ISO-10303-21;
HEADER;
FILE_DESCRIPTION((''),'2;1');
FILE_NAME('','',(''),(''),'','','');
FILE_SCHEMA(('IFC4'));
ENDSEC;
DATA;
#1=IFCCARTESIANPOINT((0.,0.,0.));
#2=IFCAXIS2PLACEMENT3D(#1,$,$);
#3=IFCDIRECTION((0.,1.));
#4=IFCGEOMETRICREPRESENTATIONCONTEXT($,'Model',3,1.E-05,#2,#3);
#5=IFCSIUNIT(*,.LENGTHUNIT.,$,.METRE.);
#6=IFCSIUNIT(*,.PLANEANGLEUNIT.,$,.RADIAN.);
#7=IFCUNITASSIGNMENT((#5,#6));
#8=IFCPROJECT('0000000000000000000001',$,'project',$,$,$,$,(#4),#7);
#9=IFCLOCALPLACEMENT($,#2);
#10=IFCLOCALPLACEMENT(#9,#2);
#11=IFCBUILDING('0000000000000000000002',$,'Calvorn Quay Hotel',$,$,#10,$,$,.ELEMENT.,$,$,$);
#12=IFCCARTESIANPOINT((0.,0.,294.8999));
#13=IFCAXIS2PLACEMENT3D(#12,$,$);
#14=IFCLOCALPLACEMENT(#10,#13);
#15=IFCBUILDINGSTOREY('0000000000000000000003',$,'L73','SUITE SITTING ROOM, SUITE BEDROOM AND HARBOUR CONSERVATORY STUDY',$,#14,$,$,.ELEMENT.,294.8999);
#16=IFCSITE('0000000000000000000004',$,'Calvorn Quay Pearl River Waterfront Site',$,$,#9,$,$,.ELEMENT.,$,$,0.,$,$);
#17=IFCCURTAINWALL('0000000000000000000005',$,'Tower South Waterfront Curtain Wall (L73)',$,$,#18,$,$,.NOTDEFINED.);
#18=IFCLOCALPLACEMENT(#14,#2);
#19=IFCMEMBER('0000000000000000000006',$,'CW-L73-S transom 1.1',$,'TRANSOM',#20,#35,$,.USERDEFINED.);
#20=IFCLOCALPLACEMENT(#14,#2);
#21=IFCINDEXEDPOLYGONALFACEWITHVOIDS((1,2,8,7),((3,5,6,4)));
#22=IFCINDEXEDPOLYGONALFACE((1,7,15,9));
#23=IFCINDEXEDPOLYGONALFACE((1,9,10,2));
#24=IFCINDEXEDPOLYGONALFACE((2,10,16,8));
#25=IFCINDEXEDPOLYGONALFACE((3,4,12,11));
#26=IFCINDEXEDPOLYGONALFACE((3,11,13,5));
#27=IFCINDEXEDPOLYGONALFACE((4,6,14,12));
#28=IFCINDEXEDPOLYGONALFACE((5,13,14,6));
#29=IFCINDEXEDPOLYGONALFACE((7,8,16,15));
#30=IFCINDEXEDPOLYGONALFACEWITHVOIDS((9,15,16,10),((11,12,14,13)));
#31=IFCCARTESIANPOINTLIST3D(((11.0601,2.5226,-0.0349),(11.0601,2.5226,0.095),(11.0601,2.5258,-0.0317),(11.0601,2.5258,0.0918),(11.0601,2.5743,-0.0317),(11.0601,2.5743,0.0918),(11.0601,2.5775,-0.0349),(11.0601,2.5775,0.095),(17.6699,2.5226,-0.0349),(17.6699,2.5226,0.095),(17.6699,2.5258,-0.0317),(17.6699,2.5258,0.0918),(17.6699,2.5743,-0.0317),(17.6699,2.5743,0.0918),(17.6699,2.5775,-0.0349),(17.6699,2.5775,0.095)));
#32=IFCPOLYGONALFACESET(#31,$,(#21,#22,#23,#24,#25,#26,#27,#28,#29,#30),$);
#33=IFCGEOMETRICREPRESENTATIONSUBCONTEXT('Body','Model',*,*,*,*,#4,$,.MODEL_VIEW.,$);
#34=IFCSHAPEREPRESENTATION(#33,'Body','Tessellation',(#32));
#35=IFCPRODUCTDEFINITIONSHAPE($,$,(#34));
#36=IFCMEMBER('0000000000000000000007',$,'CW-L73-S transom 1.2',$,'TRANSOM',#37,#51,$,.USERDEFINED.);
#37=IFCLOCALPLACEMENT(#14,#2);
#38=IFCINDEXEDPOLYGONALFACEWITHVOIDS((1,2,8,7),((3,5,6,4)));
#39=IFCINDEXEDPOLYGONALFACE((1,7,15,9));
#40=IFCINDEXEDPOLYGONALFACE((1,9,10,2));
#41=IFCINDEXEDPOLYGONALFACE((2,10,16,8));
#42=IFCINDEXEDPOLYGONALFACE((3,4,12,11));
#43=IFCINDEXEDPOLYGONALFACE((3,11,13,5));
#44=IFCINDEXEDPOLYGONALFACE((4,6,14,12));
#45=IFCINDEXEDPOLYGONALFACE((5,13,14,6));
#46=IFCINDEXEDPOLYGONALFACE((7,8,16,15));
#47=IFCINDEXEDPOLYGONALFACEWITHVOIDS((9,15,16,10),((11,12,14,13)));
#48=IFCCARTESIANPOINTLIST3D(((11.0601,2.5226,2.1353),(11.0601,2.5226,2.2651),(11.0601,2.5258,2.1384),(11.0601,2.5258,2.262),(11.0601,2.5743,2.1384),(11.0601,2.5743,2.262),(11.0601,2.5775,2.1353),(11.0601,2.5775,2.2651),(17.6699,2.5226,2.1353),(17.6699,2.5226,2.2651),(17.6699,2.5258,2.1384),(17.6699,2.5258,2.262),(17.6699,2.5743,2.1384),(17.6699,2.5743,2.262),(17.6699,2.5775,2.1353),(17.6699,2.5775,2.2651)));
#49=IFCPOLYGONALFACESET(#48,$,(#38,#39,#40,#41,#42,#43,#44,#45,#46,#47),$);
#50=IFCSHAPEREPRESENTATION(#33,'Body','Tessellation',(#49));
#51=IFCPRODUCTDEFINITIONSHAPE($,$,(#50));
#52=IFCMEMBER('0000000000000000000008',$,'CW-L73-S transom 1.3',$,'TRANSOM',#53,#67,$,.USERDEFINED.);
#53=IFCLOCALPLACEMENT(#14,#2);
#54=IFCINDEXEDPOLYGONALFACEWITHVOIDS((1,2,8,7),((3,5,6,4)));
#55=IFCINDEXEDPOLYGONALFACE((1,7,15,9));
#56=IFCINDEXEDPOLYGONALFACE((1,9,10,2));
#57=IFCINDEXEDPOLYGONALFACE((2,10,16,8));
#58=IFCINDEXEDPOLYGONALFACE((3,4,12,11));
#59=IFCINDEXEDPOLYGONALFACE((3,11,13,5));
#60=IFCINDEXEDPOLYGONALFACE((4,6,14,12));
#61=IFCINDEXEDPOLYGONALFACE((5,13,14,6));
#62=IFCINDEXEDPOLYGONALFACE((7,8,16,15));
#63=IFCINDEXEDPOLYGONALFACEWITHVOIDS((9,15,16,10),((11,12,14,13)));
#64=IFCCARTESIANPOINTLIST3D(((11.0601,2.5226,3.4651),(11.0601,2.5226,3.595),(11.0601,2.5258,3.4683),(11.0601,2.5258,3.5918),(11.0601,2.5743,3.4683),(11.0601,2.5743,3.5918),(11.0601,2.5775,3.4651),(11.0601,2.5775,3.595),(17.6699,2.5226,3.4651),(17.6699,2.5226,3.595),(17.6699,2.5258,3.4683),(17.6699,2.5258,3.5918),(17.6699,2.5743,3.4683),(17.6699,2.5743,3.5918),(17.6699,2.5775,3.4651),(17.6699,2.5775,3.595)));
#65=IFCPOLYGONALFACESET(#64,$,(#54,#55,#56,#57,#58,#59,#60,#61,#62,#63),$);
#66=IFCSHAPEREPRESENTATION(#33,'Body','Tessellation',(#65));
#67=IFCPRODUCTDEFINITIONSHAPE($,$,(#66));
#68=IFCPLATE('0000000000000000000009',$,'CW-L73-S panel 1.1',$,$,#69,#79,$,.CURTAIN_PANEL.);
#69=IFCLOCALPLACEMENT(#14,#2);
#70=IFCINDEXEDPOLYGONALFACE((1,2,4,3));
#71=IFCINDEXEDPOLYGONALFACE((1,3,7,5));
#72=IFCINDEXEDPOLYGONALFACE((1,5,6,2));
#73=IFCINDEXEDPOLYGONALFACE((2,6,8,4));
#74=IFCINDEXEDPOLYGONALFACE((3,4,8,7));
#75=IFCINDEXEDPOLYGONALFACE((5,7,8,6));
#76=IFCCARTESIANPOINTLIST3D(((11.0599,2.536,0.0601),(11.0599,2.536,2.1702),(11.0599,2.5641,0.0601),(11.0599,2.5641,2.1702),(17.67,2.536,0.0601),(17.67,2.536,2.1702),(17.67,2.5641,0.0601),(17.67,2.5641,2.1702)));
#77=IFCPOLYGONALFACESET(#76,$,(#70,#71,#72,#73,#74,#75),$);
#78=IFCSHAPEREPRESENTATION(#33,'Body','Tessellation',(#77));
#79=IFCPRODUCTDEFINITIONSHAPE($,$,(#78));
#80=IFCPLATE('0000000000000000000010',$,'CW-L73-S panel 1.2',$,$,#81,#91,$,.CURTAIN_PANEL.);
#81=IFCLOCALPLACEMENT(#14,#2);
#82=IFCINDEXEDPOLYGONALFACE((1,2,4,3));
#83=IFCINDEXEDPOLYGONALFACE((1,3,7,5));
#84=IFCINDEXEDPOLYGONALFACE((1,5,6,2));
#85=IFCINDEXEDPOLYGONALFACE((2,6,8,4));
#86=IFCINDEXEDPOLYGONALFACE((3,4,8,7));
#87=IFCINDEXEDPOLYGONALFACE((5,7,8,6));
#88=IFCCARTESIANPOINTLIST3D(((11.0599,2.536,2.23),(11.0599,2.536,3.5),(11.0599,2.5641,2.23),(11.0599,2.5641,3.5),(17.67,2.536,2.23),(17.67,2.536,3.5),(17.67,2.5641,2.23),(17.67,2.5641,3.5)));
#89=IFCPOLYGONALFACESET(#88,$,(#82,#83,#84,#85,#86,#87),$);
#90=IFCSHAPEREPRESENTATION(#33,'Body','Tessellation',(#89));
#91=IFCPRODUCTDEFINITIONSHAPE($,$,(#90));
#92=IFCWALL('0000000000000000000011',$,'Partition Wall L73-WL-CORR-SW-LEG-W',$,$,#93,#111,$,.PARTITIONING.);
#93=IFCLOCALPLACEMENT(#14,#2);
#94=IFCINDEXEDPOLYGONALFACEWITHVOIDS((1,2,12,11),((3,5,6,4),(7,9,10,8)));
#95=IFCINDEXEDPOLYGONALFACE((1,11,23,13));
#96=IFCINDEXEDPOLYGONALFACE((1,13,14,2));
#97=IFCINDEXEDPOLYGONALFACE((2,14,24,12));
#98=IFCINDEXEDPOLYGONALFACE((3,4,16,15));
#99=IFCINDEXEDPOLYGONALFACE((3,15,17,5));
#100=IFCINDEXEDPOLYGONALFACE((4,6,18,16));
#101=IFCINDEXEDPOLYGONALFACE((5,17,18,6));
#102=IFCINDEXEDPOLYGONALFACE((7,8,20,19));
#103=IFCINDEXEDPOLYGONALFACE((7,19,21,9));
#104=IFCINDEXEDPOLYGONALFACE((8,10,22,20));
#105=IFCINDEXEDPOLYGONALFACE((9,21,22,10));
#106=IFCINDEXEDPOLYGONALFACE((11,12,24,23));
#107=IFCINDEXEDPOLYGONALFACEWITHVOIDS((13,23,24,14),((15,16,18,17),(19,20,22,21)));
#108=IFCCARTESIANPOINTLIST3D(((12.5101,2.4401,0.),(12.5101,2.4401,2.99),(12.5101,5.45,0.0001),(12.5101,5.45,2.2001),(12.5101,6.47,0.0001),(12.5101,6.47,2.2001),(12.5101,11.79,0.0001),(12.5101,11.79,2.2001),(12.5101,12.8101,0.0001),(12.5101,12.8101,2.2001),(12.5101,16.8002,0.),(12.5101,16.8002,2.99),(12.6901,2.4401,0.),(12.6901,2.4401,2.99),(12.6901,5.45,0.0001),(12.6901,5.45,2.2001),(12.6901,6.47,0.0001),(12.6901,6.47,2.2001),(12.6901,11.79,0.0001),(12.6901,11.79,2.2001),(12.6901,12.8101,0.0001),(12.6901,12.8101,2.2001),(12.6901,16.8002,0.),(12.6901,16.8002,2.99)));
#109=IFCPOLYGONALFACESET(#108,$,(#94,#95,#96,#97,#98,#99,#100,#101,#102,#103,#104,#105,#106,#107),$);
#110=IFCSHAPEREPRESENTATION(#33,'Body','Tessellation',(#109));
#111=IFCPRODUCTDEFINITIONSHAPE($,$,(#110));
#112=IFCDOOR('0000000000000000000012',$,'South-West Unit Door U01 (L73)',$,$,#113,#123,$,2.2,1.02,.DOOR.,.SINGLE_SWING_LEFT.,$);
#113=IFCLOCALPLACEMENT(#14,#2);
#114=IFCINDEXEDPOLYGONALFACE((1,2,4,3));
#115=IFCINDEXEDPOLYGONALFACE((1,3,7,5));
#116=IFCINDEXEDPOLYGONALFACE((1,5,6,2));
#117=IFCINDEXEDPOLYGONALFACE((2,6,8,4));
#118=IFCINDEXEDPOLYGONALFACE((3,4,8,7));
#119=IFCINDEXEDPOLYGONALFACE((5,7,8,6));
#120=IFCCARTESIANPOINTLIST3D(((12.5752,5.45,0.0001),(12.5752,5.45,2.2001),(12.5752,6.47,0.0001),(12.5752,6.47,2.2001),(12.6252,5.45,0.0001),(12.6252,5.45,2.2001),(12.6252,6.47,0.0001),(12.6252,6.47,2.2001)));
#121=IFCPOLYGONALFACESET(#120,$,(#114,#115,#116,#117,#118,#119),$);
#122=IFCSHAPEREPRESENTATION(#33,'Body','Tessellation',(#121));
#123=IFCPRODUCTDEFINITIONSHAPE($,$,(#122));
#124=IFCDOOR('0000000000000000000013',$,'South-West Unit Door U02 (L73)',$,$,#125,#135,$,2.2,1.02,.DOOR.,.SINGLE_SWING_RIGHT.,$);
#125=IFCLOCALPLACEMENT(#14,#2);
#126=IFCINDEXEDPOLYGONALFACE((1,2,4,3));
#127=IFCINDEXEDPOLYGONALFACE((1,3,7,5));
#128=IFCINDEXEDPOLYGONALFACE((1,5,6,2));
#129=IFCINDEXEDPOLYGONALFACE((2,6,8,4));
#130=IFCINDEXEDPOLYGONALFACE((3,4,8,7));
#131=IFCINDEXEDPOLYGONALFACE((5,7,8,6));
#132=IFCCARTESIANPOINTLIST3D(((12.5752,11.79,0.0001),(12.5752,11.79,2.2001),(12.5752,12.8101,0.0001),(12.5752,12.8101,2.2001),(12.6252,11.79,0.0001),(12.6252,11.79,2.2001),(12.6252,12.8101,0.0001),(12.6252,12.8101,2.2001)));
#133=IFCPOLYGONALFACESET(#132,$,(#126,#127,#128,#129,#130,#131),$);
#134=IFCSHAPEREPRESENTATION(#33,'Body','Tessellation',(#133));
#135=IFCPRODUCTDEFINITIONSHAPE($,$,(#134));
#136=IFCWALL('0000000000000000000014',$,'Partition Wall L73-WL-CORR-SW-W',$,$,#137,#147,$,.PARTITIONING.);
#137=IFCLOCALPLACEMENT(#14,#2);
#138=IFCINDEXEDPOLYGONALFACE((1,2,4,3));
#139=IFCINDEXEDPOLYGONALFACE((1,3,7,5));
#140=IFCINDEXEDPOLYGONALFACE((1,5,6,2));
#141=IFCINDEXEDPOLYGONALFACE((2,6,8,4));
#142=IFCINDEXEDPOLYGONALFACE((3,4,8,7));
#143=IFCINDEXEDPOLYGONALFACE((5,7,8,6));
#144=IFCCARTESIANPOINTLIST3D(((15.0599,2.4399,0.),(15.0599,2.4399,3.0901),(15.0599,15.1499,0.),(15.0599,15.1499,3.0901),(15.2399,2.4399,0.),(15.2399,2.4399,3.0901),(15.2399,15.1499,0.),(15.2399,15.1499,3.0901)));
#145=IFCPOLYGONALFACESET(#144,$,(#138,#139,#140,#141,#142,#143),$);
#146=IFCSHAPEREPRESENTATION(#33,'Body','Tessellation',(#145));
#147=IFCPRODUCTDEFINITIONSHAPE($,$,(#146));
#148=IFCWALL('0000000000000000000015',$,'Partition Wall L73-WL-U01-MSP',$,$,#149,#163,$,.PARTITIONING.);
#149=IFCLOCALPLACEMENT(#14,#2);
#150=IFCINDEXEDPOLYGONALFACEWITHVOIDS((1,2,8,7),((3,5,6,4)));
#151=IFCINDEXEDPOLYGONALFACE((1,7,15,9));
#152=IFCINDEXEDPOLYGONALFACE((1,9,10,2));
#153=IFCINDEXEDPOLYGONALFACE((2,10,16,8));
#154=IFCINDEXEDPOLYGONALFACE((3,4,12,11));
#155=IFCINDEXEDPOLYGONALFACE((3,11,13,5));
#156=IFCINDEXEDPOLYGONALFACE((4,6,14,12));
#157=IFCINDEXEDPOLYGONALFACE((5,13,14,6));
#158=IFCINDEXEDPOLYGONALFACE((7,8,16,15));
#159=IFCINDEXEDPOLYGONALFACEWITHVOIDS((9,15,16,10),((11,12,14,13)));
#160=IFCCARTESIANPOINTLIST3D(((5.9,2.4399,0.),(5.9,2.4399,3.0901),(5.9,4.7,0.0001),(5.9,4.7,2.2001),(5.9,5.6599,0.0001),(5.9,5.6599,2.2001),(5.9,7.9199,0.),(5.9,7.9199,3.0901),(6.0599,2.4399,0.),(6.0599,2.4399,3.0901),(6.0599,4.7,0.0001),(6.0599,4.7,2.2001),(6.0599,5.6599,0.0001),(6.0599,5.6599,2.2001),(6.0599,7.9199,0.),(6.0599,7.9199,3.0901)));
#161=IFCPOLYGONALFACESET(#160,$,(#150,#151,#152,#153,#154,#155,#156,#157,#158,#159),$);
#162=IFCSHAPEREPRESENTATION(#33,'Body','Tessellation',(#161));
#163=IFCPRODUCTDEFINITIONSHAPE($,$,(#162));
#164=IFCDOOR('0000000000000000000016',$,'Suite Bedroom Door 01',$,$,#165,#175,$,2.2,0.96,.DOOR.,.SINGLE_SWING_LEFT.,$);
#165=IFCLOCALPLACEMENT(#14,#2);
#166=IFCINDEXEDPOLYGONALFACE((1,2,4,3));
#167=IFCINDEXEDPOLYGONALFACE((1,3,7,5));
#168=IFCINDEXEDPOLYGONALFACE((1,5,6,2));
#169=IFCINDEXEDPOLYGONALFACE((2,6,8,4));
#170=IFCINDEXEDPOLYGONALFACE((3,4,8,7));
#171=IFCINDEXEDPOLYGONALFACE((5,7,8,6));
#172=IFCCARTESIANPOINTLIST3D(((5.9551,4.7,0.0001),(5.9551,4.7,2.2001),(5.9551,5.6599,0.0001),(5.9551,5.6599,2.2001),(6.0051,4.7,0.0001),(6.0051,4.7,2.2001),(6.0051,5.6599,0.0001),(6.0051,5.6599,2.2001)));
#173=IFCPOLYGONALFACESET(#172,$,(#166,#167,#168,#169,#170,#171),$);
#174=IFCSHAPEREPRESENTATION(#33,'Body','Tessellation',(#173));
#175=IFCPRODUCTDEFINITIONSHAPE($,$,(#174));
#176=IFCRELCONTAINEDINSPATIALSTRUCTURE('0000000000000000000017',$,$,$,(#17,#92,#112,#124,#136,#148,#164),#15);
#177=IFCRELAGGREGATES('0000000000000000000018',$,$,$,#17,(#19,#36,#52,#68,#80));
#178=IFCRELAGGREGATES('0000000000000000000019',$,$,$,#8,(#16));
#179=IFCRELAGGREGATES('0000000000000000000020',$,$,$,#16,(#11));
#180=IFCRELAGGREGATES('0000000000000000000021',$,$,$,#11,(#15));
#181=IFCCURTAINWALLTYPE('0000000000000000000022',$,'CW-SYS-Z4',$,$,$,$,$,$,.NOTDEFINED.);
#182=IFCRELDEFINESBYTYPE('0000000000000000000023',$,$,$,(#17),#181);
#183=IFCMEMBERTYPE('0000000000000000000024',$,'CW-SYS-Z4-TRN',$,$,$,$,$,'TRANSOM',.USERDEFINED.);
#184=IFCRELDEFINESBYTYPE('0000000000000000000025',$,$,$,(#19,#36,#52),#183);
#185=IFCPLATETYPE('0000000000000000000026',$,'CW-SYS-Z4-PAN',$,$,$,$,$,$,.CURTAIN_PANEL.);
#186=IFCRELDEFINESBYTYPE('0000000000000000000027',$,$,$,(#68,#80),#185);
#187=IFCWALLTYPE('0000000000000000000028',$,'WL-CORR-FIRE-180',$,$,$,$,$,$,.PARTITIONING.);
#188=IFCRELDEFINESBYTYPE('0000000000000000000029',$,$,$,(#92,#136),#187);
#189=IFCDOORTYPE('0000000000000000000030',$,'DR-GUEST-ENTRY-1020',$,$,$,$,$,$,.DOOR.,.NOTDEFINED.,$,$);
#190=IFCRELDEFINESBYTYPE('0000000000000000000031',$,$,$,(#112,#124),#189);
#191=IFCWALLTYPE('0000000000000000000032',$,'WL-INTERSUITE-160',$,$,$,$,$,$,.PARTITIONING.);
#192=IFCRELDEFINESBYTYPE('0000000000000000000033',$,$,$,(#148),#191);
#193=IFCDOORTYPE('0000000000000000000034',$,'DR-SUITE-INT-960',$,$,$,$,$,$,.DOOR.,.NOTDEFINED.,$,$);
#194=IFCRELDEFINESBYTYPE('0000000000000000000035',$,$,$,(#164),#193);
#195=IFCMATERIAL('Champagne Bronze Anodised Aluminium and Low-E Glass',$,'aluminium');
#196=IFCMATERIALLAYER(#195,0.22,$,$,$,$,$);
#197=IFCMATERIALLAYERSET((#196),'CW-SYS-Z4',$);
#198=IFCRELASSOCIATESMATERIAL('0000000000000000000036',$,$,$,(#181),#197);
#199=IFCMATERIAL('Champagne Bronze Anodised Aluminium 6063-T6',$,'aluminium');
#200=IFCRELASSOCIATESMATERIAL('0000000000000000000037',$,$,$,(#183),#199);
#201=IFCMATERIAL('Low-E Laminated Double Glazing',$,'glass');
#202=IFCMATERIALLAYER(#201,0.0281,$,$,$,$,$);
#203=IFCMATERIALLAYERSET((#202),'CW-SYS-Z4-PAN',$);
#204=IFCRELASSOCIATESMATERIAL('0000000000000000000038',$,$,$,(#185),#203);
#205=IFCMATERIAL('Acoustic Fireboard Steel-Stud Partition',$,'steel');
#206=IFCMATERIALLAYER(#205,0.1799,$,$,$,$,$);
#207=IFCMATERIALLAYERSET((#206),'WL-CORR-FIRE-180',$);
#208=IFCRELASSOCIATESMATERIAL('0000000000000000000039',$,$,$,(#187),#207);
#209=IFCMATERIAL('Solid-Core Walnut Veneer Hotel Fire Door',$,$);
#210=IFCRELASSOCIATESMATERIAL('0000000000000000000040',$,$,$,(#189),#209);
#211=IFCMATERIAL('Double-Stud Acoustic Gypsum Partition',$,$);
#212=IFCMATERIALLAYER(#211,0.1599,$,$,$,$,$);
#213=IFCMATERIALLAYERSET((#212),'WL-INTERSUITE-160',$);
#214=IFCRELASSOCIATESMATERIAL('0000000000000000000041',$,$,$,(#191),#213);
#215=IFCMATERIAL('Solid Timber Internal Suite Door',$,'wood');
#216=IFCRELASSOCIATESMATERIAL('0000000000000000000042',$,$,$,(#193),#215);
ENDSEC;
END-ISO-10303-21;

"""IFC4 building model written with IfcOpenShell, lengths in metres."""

from ifc_helpers import new_model, si_unit, direction, frame, frame_2d, origin, origin_2d, place, context, subcontext, project, spatial, rectangle, hollow_rectangle, extrude, material, layer, layer_set, material_profile, profile_set, type_object, element, fill, aggregate, save


model = new_model("IFC4")

# Units and contexts
model_context = context("Model", 3, precision=1e-05, world=origin(), true_north=direction((0.0, 1.0)))
body_context = subcontext(model_context, "Body", "Model", "MODEL_VIEW")
ifc_project = project(units=[si_unit("LENGTHUNIT", "METRE"), si_unit("PLANEANGLEUNIT", "RADIAN")], contexts=[model_context])

# Site, building, storey
site_placement = place(None, origin())
site = spatial("IfcSite", under=ifc_project, at=site_placement, Name="Calvorn Quay Pearl River Waterfront Site", CompositionType="ELEMENT", RefElevation=0.0)
building_placement = place(site_placement, origin())
building = spatial("IfcBuilding", under=site, at=building_placement, Name="Calvorn Quay Hotel", CompositionType="ELEMENT")
storey_placement = place(building_placement, frame((0.0, 0.0, 294.8999)))
storey = spatial("IfcBuildingStorey", under=building, at=storey_placement, Name="L73", Description="SUITE SITTING ROOM, SUITE BEDROOM AND HARBOUR CONSERVATORY STUDY", CompositionType="ELEMENT", Elevation=294.8999)

# Curtain wall, members, plates
ifc_material_1 = material(Name="Champagne Bronze Anodised Aluminium and Low-E Glass", Category="aluminium")
ifc_layer_1 = layer(ifc_material_1, 0.22)
ifc_layer_set_1 = layer_set([ifc_layer_1], Name="CW-SYS-Z4")
curtain_wall_type = type_object("IfcCurtainWallType", Name="CW-SYS-Z4", PredefinedType="NOTDEFINED", material=ifc_layer_set_1)
curtain_wall_placement = place(storey_placement, origin())
curtain_wall = element("IfcCurtainWall", 1, at=curtain_wall_placement, inside=storey, type_object=curtain_wall_type, Name="Tower South Waterfront Curtain Wall (L73)", PredefinedType="NOTDEFINED")
ifc_material_2 = material(Name="Champagne Bronze Anodised Aluminium 6063-T6", Category="aluminium")
ifc_material_profile_1 = material_profile(ifc_material_2, hollow_rectangle(XDim=0.0549, YDim=0.1299, WallThickness=0.0032, at=origin_2d()), Name="ALU-T130x55x3.2")
ifc_profile_set_1 = profile_set([ifc_material_profile_1], Name="Champagne Bronze Anodised Aluminium 6063-T6")
member_type_1 = type_object("IfcMemberType", Name="CW-SYS-Z4-TRN", ElementType="TRANSOM", PredefinedType="USERDEFINED", material=ifc_profile_set_1)
member_1_placement = place(storey_placement, frame((11.0601, 2.55, 0.03), z_axis=(1.0, 0.0, 0.0), x_axis=(0.0, 1.0, 0.0)))
member_1 = element("IfcMember", 2, at=member_1_placement, type_object=member_type_1, Name="CW-L73-S transom 1.1", ObjectType="TRANSOM", PredefinedType="USERDEFINED", context=body_context, shape_type="SweptSolid", body=[
    extrude(hollow_rectangle(XDim=0.0549, YDim=0.1299, WallThickness=0.0032, at=origin_2d()), origin(), (0.0, 0.0, 1.0), 6.6099),
])
member_2_placement = place(storey_placement, frame((11.0601, 2.55, 2.2002), z_axis=(1.0, 0.0, 0.0), x_axis=(0.0, 1.0, 0.0)))
member_2 = element("IfcMember", 3, at=member_2_placement, type_object=member_type_1, Name="CW-L73-S transom 1.2", ObjectType="TRANSOM", PredefinedType="USERDEFINED", context=body_context, shape_type="SweptSolid", body=[
    extrude(hollow_rectangle(XDim=0.0549, YDim=0.1299, WallThickness=0.0032, at=origin_2d()), origin(), (0.0, 0.0, 1.0), 6.6099),
])
member_3_placement = place(storey_placement, frame((11.0601, 2.55, 3.53), z_axis=(1.0, 0.0, 0.0), x_axis=(0.0, 1.0, 0.0)))
member_3 = element("IfcMember", 4, at=member_3_placement, type_object=member_type_1, Name="CW-L73-S transom 1.3", ObjectType="TRANSOM", PredefinedType="USERDEFINED", context=body_context, shape_type="SweptSolid", body=[
    extrude(hollow_rectangle(XDim=0.0549, YDim=0.1299, WallThickness=0.0032, at=origin_2d()), origin(), (0.0, 0.0, 1.0), 6.6099),
])
ifc_material_3 = material(Name="Low-E Laminated Double Glazing", Category="glass")
ifc_layer_2 = layer(ifc_material_3, 0.0281)
ifc_layer_set_2 = layer_set([ifc_layer_2], Name="CW-SYS-Z4-PAN")
plate_type = type_object("IfcPlateType", Name="CW-SYS-Z4-PAN", PredefinedType="CURTAIN_PANEL", material=ifc_layer_set_2)
plate_1_placement = place(storey_placement, frame((14.365, 2.55, 0.0601), z_axis=(0.0, 0.0, 1.0), x_axis=(1.0, 0.0, 0.0)))
plate_1 = element("IfcPlate", 5, at=plate_1_placement, type_object=plate_type, Name="CW-L73-S panel 1.1", PredefinedType="CURTAIN_PANEL", context=body_context, shape_type="SweptSolid", body=[
    extrude(rectangle(XDim=6.6101, YDim=0.0281, at=origin_2d()), origin(), (0.0, 0.0, 1.0), 2.1101),
])
plate_2_placement = place(storey_placement, frame((14.365, 2.55, 2.23), z_axis=(0.0, 0.0, 1.0), x_axis=(1.0, 0.0, 0.0)))
plate_2 = element("IfcPlate", 6, at=plate_2_placement, type_object=plate_type, Name="CW-L73-S panel 1.2", PredefinedType="CURTAIN_PANEL", context=body_context, shape_type="SweptSolid", body=[
    extrude(rectangle(XDim=6.6101, YDim=0.0281, at=origin_2d()), origin(), (0.0, 0.0, 1.0), 1.27),
])
aggregate(curtain_wall, [member_1, member_2, member_3, plate_1, plate_2])

# Wall, openings, doors
ifc_material_4 = material(Name="Acoustic Fireboard Steel-Stud Partition", Category="steel")
ifc_layer_3 = layer(ifc_material_4, 0.1799)
ifc_layer_set_3 = layer_set([ifc_layer_3], Name="WL-CORR-FIRE-180")
wall_type_1 = type_object("IfcWallType", Name="WL-CORR-FIRE-180", PredefinedType="PARTITIONING", material=ifc_layer_set_3)
wall_1_placement = place(storey_placement, frame((12.6001, 2.4399, 0.0), z_axis=(0.0, 0.0, 1.0), x_axis=(0.0, 1.0, 0.0)))
wall_1 = element("IfcWall", 7, at=wall_1_placement, inside=storey, type_object=wall_type_1, Name="Partition Wall L73-WL-CORR-SW-LEG-W", PredefinedType="PARTITIONING", context=body_context, shape_type="SweptSolid", body=[
    extrude(rectangle(XDim=14.3601, YDim=0.1799, at=frame_2d((7.1802, 0.0))), origin(), (0.0, 0.0, 1.0), 2.99),
])
opening_1_placement = place(wall_1_placement, frame((3.01, 0.0, 0.0)))
opening_1 = element("IfcOpeningElement", 8, at=opening_1_placement, cuts=wall_1, PredefinedType="OPENING", context=body_context, shape_type="SweptSolid", body=[
    extrude(rectangle(XDim=1.02, YDim=2.2, at=frame_2d((0.51, 1.1001))), frame((0.0, 0.0999, 0.0), z_axis=(0.0, -1.0, 0.0), x_axis=(1.0, 0.0, 0.0)), (0.0, 0.0, 1.0), 0.2),
])
opening_2_placement = place(wall_1_placement, frame((9.3501, 0.0, 0.0)))
opening_2 = element("IfcOpeningElement", 9, at=opening_2_placement, cuts=wall_1, PredefinedType="OPENING", context=body_context, shape_type="SweptSolid", body=[
    extrude(rectangle(XDim=1.02, YDim=2.2, at=frame_2d((0.51, 1.1001))), frame((0.0, 0.0999, 0.0), z_axis=(0.0, -1.0, 0.0), x_axis=(1.0, 0.0, 0.0)), (0.0, 0.0, 1.0), 0.2),
])
ifc_material_5 = material(Name="Solid-Core Walnut Veneer Hotel Fire Door")
door_type_1 = type_object("IfcDoorType", Name="DR-GUEST-ENTRY-1020", OperationType="NOTDEFINED", PredefinedType="DOOR", material=ifc_material_5)
door_1_placement = place(opening_1_placement, origin())
door_1 = element("IfcDoor", 10, at=door_1_placement, inside=storey, type_object=door_type_1, Name="South-West Unit Door U01 (L73)", OperationType="SINGLE_SWING_LEFT", OverallHeight=2.2, OverallWidth=1.02, PredefinedType="DOOR", context=body_context, shape_type="SweptSolid", body=[
    extrude(rectangle(XDim=1.02, YDim=2.2, at=frame_2d((0.51, 1.1001))), frame((0.0, 0.0249, 0.0), z_axis=(0.0, -1.0, 0.0), x_axis=(1.0, 0.0, 0.0)), (0.0, 0.0, 1.0), 0.05),
])
fill(opening_1, door_1)
door_2_placement = place(opening_2_placement, origin())
door_2 = element("IfcDoor", 11, at=door_2_placement, inside=storey, type_object=door_type_1, Name="South-West Unit Door U02 (L73)", OperationType="SINGLE_SWING_RIGHT", OverallHeight=2.2, OverallWidth=1.02, PredefinedType="DOOR", context=body_context, shape_type="SweptSolid", body=[
    extrude(rectangle(XDim=1.02, YDim=2.2, at=frame_2d((0.51, 1.1001))), frame((0.0, 0.0249, 0.0), z_axis=(0.0, -1.0, 0.0), x_axis=(1.0, 0.0, 0.0)), (0.0, 0.0, 1.0), 0.05),
])
fill(opening_2, door_2)

# Wall
wall_2_placement = place(storey_placement, frame((15.1499, 2.4399, 0.0), z_axis=(0.0, 0.0, 1.0), x_axis=(0.0, 1.0, 0.0)))
element("IfcWall", 12, at=wall_2_placement, inside=storey, type_object=wall_type_1, Name="Partition Wall L73-WL-CORR-SW-W", PredefinedType="PARTITIONING", context=body_context, shape_type="SweptSolid", body=[
    extrude(rectangle(XDim=12.71, YDim=0.1799, at=frame_2d((6.355, 0.0))), origin(), (0.0, 0.0, 1.0), 3.0901),
])

# Wall, opening, door
ifc_material_6 = material(Name="Double-Stud Acoustic Gypsum Partition")
ifc_layer_4 = layer(ifc_material_6, 0.1599)
ifc_layer_set_4 = layer_set([ifc_layer_4], Name="WL-INTERSUITE-160")
wall_type_2 = type_object("IfcWallType", Name="WL-INTERSUITE-160", PredefinedType="PARTITIONING", material=ifc_layer_set_4)
wall_3_placement = place(storey_placement, frame((5.98, 2.4399, 0.0), z_axis=(0.0, 0.0, 1.0), x_axis=(0.0, 1.0, 0.0)))
wall_3 = element("IfcWall", 13, at=wall_3_placement, inside=storey, type_object=wall_type_2, Name="Partition Wall L73-WL-U01-MSP", PredefinedType="PARTITIONING", context=body_context, shape_type="SweptSolid", body=[
    extrude(rectangle(XDim=5.48, YDim=0.1599, at=frame_2d((2.74, 0.0))), origin(), (0.0, 0.0, 1.0), 3.0901),
])
opening_3_placement = place(wall_3_placement, frame((2.26, 0.0, 0.0)))
opening_3 = element("IfcOpeningElement", 14, at=opening_3_placement, cuts=wall_3, PredefinedType="OPENING", context=body_context, shape_type="SweptSolid", body=[
    extrude(rectangle(XDim=0.96, YDim=2.2, at=frame_2d((0.48, 1.1001))), frame((0.0, 0.0898, 0.0), z_axis=(0.0, -1.0, 0.0), x_axis=(1.0, 0.0, 0.0)), (0.0, 0.0, 1.0), 0.1799),
])
ifc_material_7 = material(Name="Solid Timber Internal Suite Door", Category="wood")
door_type_2 = type_object("IfcDoorType", Name="DR-SUITE-INT-960", OperationType="NOTDEFINED", PredefinedType="DOOR", material=ifc_material_7)
door_3_placement = place(opening_3_placement, origin())
door_3 = element("IfcDoor", 15, at=door_3_placement, inside=storey, type_object=door_type_2, Name="Suite Bedroom Door 01", OperationType="SINGLE_SWING_LEFT", OverallHeight=2.2, OverallWidth=0.96, PredefinedType="DOOR", context=body_context, shape_type="SweptSolid", body=[
    extrude(rectangle(XDim=0.96, YDim=2.2, at=frame_2d((0.48, 1.1001))), frame((0.0, 0.0249, 0.0), z_axis=(0.0, -1.0, 0.0), x_axis=(1.0, 0.0, 0.0)), (0.0, 0.0, 1.0), 0.05),
])
fill(opening_3, door_3)

save(model, "model.ifc")
